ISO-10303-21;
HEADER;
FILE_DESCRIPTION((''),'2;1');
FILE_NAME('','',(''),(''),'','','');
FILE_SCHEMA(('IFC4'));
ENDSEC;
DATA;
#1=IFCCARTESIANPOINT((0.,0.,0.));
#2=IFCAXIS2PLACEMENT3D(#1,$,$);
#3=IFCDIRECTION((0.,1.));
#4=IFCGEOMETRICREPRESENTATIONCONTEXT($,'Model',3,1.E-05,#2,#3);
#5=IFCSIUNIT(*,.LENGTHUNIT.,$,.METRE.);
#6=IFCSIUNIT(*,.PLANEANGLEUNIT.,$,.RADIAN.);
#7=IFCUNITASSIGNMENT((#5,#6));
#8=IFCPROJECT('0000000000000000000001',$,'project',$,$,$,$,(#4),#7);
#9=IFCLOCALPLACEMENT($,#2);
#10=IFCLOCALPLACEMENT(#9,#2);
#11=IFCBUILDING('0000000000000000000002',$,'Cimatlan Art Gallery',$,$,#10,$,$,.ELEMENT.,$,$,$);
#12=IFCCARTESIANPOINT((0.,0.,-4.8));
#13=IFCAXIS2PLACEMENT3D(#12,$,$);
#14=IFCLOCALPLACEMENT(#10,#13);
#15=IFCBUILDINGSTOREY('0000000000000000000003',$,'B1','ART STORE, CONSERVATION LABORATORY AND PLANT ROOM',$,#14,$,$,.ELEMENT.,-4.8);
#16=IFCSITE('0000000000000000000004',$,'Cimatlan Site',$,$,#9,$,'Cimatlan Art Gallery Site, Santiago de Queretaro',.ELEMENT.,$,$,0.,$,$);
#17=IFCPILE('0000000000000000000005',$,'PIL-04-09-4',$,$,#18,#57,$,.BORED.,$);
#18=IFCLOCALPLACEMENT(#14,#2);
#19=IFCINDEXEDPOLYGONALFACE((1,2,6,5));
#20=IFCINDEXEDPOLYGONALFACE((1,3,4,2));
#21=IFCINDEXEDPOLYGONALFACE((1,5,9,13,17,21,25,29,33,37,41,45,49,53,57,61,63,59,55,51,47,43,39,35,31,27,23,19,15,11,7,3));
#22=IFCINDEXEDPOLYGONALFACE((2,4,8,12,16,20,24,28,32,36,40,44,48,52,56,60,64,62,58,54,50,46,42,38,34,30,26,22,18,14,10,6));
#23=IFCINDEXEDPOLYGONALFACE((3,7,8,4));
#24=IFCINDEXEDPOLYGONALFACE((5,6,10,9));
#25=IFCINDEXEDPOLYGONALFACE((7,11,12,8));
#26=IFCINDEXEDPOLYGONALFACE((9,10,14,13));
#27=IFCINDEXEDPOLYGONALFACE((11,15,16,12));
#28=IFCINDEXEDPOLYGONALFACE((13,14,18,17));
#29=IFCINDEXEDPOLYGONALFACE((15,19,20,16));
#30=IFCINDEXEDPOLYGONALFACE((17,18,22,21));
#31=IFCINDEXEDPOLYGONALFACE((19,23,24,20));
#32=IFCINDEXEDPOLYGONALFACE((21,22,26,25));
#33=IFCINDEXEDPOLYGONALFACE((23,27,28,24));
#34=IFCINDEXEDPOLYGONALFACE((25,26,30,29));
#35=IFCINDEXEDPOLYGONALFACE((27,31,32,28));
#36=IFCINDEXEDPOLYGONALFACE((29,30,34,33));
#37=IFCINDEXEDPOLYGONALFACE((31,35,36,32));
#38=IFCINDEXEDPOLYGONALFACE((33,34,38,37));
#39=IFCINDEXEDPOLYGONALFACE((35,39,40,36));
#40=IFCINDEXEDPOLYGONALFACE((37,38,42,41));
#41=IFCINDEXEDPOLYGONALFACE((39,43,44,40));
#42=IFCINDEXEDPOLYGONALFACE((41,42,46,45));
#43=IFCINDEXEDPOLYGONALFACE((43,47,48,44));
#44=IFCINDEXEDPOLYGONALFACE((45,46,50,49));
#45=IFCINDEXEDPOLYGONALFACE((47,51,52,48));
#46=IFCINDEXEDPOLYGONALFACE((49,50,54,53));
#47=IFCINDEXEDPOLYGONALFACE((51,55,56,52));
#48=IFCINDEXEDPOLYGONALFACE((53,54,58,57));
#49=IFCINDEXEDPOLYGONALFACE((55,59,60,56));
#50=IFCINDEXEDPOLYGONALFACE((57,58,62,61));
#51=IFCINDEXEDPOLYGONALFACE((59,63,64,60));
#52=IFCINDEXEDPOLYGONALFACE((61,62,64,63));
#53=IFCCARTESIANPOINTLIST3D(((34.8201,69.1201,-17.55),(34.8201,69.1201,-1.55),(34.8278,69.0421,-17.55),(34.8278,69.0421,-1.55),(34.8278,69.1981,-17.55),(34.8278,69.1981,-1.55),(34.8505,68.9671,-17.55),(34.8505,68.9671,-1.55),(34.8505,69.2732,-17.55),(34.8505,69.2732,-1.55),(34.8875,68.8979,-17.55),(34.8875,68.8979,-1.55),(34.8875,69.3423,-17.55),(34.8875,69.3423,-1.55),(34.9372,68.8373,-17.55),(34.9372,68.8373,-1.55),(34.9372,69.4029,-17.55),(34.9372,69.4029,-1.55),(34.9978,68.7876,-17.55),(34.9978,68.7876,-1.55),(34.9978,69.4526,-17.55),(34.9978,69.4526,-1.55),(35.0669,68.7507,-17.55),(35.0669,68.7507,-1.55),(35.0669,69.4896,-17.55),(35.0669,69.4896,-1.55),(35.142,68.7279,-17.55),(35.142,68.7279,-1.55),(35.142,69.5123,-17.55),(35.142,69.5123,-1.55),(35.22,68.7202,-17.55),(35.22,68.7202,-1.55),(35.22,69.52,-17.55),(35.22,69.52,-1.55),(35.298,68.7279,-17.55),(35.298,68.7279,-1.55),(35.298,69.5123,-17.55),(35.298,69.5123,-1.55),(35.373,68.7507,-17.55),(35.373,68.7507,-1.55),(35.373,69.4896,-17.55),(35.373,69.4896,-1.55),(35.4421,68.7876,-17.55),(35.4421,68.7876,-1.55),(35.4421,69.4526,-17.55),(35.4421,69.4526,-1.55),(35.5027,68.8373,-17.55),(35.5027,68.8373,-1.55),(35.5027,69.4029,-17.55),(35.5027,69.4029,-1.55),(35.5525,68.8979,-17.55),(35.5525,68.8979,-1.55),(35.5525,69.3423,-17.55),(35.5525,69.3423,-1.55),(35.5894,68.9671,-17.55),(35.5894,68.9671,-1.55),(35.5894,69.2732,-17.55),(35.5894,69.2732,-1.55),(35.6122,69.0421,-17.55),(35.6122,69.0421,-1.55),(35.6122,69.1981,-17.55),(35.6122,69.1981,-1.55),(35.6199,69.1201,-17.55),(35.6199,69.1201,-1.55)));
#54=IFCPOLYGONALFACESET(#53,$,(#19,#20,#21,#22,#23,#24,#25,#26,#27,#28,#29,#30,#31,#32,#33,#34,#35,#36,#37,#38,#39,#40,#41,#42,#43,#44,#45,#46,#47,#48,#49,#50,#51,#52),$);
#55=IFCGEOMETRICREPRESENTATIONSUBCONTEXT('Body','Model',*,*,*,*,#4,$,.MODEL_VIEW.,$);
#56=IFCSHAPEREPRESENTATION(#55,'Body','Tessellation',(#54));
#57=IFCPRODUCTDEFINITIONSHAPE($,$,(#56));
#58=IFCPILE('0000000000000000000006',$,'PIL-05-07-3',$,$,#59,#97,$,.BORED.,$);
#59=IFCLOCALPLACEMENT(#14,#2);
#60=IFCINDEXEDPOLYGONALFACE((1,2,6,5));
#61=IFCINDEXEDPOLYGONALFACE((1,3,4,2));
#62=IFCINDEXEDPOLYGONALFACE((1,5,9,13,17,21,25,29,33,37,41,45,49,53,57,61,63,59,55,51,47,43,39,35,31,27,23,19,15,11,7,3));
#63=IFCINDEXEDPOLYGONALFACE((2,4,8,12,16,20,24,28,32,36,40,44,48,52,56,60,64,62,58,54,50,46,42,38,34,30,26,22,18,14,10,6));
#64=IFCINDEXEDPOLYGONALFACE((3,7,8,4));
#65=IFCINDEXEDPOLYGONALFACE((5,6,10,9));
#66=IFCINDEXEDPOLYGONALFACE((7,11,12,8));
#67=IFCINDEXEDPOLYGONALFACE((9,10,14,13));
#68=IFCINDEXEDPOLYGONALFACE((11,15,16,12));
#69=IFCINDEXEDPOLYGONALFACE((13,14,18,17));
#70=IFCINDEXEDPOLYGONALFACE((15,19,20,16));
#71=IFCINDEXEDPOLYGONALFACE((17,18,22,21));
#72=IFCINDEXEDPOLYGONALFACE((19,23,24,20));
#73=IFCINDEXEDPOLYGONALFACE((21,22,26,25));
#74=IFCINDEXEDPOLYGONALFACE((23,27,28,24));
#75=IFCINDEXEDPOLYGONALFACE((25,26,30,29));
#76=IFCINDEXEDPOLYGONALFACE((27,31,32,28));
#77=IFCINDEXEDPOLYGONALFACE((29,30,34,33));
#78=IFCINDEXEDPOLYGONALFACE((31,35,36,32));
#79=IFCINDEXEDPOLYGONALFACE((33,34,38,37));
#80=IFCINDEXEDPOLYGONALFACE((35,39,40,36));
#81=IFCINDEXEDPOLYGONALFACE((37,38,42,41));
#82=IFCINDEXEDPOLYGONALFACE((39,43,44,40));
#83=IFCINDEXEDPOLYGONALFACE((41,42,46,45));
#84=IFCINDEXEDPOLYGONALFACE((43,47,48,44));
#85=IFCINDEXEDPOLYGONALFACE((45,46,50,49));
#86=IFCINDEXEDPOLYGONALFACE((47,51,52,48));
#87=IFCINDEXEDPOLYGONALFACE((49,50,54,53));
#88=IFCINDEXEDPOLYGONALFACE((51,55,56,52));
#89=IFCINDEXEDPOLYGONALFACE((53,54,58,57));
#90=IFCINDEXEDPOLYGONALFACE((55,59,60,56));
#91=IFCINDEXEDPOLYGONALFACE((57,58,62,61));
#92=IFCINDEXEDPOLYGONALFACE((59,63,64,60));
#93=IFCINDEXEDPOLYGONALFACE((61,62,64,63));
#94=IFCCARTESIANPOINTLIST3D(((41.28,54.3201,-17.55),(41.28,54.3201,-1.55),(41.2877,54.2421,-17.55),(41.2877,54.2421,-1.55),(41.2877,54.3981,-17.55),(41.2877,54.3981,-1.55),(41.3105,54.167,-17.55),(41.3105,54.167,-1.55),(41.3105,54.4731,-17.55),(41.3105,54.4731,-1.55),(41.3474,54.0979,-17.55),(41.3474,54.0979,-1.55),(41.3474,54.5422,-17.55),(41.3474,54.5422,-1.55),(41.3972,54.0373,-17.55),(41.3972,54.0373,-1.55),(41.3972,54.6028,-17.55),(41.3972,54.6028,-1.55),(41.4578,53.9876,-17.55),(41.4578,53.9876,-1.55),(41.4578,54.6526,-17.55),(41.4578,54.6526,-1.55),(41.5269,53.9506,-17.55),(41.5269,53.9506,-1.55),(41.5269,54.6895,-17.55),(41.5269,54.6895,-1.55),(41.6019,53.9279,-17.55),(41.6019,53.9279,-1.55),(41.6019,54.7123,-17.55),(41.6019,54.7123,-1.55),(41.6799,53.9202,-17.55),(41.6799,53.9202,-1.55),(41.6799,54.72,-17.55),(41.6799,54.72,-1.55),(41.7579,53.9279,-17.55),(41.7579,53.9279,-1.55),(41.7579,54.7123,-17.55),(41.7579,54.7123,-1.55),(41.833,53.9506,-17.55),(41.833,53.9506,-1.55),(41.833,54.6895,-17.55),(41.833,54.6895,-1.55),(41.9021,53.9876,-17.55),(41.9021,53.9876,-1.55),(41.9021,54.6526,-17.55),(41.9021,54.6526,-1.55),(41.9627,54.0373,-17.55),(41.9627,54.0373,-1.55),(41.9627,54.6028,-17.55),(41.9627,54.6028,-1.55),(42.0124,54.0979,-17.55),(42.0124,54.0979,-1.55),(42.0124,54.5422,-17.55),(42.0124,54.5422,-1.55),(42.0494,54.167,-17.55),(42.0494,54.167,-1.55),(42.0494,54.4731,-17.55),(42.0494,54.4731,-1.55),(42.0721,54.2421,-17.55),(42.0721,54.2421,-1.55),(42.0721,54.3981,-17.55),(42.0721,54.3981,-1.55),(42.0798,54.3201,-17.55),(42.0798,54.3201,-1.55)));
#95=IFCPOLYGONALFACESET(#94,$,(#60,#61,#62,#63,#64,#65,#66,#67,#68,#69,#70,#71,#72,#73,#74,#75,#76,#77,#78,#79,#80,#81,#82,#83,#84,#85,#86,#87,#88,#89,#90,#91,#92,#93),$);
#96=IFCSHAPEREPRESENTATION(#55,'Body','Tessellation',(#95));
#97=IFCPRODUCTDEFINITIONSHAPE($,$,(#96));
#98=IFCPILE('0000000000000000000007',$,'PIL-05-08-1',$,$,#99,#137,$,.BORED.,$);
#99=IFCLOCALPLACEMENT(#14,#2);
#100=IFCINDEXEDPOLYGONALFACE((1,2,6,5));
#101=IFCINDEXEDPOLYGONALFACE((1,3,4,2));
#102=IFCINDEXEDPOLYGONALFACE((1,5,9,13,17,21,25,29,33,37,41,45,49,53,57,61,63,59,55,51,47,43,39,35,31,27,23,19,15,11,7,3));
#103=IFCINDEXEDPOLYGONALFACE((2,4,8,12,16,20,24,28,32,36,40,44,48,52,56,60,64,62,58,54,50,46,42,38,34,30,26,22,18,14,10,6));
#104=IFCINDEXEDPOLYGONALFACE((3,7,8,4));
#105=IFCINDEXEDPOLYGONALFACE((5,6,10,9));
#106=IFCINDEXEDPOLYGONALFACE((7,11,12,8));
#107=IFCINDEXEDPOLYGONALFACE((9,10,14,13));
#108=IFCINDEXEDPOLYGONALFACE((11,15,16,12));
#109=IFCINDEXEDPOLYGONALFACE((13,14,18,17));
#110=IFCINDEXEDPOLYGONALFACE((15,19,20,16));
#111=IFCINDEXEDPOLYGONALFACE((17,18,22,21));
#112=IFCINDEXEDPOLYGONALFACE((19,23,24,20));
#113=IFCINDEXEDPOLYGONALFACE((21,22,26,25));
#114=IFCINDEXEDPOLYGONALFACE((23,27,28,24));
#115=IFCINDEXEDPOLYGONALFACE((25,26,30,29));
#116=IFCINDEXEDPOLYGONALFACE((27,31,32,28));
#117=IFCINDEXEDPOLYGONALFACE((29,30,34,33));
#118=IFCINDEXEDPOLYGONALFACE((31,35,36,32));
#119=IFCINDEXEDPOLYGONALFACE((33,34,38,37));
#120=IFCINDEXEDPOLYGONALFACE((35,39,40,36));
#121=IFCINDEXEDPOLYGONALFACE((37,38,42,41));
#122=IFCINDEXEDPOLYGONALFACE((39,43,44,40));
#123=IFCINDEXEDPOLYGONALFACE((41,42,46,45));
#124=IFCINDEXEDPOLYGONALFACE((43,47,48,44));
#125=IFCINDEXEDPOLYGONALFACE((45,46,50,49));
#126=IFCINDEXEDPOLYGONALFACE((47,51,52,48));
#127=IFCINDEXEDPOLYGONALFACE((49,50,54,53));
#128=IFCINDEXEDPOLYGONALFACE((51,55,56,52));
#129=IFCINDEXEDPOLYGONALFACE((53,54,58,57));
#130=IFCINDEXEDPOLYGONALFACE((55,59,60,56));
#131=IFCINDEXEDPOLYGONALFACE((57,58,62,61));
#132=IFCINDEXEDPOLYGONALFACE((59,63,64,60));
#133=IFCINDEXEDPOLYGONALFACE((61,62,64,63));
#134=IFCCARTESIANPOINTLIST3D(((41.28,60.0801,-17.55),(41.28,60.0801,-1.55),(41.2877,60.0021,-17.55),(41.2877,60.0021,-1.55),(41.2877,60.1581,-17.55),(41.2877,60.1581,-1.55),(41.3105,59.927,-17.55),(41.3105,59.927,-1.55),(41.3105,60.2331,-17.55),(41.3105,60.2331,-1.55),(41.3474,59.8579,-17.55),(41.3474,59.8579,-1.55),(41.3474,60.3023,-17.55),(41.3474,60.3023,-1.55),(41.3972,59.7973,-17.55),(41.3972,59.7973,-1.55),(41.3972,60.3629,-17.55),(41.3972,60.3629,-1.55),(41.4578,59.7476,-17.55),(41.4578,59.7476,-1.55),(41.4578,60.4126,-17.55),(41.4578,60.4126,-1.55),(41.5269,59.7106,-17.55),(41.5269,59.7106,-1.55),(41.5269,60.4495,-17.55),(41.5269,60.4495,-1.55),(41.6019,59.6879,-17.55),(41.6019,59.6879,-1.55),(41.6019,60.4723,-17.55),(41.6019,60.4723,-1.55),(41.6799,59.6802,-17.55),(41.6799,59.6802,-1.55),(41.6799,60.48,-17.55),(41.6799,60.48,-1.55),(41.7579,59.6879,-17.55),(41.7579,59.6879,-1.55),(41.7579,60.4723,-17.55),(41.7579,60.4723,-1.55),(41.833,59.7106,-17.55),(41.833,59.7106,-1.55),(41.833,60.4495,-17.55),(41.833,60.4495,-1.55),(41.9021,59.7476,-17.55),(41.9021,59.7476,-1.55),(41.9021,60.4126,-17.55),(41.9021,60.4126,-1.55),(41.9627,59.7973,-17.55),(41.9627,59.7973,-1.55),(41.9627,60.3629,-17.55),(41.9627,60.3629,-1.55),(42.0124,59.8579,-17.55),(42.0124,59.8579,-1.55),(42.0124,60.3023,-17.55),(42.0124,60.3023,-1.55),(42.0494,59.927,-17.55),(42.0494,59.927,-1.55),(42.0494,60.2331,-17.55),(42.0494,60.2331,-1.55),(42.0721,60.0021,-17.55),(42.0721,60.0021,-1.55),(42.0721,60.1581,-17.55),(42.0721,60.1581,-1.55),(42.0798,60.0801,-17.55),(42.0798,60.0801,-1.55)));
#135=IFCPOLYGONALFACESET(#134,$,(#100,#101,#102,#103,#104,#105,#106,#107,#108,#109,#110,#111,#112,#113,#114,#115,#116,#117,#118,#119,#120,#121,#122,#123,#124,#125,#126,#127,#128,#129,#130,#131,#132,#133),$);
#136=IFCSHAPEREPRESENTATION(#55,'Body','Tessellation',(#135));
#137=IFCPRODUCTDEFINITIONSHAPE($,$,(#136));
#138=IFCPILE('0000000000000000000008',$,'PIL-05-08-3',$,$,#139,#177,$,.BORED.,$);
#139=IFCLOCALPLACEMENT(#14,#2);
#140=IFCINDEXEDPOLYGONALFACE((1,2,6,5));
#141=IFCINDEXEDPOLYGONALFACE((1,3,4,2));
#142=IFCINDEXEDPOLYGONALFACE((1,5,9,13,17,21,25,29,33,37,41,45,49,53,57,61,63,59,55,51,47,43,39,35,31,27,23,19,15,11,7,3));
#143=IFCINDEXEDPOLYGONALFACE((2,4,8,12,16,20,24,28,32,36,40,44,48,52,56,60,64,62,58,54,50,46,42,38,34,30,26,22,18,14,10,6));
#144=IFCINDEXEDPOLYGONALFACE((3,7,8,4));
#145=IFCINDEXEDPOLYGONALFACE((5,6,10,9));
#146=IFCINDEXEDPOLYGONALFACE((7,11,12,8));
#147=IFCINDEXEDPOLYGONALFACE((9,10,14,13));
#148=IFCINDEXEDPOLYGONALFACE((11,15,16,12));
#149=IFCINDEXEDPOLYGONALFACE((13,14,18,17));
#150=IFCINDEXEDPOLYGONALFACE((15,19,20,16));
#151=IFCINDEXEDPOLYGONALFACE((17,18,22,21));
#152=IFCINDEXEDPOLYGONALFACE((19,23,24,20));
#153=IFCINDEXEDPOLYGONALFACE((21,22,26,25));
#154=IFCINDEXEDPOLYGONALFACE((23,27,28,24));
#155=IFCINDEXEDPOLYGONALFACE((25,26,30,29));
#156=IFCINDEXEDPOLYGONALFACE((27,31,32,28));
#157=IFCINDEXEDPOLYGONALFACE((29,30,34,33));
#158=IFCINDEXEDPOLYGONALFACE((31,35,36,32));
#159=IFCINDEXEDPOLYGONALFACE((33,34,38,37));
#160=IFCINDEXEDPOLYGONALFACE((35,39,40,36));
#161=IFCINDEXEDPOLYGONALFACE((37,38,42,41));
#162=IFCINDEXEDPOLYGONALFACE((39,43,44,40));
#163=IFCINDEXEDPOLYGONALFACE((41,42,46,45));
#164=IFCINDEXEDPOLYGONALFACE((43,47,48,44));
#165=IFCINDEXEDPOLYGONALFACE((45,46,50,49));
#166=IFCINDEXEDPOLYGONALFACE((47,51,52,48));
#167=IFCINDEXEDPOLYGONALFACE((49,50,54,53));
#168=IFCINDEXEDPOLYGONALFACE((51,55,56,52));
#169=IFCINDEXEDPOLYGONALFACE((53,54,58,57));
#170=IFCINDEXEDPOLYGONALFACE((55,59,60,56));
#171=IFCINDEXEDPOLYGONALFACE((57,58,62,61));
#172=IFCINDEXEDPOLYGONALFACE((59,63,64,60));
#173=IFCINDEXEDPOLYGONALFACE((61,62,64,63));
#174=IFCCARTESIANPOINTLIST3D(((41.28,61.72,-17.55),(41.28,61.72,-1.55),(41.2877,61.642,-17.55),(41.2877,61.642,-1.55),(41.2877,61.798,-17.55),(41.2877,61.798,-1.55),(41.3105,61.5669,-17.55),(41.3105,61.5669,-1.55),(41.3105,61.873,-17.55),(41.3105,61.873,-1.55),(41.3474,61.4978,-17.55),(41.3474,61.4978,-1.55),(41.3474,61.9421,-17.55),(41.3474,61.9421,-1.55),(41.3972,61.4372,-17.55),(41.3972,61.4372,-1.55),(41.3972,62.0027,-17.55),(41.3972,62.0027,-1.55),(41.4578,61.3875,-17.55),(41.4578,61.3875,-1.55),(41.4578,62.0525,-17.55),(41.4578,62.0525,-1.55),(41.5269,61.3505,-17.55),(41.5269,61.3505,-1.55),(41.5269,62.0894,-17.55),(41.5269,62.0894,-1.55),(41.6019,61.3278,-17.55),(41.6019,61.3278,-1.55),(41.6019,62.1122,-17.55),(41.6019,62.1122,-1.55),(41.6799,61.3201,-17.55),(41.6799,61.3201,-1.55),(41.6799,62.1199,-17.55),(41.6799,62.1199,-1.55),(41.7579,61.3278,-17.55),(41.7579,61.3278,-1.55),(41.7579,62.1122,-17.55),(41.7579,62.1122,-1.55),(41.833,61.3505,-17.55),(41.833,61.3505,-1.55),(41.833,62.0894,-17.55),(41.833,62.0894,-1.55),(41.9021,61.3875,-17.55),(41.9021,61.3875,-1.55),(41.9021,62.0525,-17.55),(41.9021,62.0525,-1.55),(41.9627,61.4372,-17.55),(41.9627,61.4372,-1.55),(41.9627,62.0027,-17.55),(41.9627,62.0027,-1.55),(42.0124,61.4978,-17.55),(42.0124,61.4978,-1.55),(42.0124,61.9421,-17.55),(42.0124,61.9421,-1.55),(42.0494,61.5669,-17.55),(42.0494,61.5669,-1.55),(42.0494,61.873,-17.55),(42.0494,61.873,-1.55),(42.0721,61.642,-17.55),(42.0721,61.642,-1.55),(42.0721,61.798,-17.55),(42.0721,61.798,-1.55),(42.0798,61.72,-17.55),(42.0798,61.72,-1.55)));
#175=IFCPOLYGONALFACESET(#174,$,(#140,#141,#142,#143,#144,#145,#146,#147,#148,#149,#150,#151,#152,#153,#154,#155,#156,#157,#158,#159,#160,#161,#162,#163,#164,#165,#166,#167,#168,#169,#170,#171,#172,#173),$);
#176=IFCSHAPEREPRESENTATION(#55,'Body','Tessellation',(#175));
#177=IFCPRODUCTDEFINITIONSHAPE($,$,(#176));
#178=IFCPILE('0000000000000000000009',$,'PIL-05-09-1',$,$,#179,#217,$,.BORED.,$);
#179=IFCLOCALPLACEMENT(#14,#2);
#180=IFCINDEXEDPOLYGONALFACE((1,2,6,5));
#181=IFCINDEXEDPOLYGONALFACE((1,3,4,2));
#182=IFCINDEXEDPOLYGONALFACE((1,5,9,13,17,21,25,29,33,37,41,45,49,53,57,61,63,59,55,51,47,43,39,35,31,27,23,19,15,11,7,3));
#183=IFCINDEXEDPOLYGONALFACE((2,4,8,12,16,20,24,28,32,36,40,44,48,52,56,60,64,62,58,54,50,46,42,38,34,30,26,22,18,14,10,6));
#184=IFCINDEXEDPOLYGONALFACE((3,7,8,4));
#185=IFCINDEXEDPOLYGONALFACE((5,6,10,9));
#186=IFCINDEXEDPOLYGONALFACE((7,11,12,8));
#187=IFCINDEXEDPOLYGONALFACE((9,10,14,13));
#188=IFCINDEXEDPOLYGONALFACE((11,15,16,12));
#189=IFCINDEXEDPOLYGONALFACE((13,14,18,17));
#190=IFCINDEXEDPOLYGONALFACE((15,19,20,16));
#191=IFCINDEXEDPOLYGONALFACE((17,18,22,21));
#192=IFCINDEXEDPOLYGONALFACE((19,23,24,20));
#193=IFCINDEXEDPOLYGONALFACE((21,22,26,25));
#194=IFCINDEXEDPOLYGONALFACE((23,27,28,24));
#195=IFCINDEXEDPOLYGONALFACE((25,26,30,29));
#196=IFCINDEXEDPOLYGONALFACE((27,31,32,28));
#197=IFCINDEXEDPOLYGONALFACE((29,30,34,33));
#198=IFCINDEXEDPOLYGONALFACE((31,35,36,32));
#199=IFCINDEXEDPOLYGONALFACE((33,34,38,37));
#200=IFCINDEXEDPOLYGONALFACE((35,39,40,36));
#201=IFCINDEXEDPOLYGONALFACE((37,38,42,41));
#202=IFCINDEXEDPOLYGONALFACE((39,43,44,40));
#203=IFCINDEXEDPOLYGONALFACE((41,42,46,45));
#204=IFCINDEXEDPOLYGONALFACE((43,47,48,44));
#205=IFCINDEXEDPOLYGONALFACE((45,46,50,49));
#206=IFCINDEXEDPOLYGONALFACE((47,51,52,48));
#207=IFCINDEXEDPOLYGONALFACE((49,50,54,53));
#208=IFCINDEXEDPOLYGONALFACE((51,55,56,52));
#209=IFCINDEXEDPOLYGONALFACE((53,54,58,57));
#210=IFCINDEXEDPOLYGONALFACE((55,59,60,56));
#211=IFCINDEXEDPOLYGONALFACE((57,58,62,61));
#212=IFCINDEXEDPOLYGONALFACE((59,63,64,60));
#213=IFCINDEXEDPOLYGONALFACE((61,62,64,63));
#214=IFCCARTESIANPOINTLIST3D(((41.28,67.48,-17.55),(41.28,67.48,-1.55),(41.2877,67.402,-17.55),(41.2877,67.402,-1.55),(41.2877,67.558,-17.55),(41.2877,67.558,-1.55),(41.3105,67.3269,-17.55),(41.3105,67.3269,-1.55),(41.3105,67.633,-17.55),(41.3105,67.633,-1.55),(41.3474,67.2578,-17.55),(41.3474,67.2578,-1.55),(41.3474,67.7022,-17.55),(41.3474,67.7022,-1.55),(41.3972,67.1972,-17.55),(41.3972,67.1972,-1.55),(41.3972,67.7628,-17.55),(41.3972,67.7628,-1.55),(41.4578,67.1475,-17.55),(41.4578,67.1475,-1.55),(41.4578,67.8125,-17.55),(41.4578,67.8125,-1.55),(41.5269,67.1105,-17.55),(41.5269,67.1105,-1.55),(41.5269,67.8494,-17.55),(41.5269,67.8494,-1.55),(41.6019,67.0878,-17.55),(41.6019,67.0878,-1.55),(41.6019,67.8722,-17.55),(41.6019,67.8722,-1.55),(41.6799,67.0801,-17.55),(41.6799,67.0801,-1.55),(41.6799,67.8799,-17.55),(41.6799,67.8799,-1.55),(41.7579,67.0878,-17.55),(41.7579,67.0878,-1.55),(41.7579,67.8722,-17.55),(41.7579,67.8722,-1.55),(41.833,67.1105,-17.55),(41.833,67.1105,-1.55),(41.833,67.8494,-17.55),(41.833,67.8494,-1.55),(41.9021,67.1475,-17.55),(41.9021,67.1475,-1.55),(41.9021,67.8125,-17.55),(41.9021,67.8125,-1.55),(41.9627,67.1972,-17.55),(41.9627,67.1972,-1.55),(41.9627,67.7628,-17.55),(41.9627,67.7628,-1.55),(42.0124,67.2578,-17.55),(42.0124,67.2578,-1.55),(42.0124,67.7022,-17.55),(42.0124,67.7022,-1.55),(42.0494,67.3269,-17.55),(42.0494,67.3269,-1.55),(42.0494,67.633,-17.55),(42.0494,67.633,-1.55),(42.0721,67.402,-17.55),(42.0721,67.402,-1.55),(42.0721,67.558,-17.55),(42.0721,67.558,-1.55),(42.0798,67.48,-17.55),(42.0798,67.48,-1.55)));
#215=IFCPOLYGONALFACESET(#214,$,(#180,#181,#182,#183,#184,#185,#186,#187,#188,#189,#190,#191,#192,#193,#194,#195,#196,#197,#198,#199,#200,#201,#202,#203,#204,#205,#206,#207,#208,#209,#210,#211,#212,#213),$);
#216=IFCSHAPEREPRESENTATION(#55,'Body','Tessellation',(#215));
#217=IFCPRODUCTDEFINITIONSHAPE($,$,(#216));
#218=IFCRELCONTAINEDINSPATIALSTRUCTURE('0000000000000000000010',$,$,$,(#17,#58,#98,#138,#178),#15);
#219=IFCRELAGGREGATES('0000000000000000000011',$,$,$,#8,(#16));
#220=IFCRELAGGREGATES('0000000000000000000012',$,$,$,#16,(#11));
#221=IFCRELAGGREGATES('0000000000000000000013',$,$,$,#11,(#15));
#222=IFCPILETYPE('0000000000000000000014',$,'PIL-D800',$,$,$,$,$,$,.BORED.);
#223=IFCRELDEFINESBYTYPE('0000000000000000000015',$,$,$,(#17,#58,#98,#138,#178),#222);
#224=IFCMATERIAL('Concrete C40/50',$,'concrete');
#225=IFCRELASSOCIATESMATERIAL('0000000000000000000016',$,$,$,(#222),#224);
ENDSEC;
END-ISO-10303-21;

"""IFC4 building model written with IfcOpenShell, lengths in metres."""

from ifc_helpers import new_model, si_unit, direction, frame, origin, origin_2d, place, context, subcontext, project, spatial, circle, extrude, material, type_object, element, save


model = new_model("IFC4")

# Units and contexts
model_context = context("Model", 3, precision=1e-05, world=origin(), true_north=direction((0.0, 1.0)))
body_context = subcontext(model_context, "Body", "Model", "MODEL_VIEW")
ifc_project = project(units=[si_unit("LENGTHUNIT", "METRE"), si_unit("PLANEANGLEUNIT", "RADIAN")], contexts=[model_context])

# Site, building, storey
site_placement = place(None, origin())
site = spatial("IfcSite", under=ifc_project, at=site_placement, Name="Cimatlan Site", LongName="Cimatlan Art Gallery Site, Santiago de Queretaro", CompositionType="ELEMENT", RefElevation=0.0)
building_placement = place(site_placement, origin())
building = spatial("IfcBuilding", under=site, at=building_placement, Name="Cimatlan Art Gallery", CompositionType="ELEMENT")
storey_placement = place(building_placement, frame((0.0, 0.0, -4.8)))
storey = spatial("IfcBuildingStorey", under=building, at=storey_placement, Name="B1", Description="ART STORE, CONSERVATION LABORATORY AND PLANT ROOM", CompositionType="ELEMENT", Elevation=-4.8)

# Shared definitions
ifc_material_1 = material(Name="Concrete C40/50", Category="concrete")

# Piles
pile_type = type_object("IfcPileType", Name="PIL-D800", PredefinedType="BORED", material=ifc_material_1)
for number, where, z_axis, x_axis, name in (
    (1, (35.22, 69.1201, -1.55), (0.0, 0.0, -1.0), (1.0, 0.0, 0.0), "PIL-04-09-4"),
    (2, (41.6799, 54.3201, -1.55), (0.0, 0.0, -1.0), (1.0, 0.0, 0.0), "PIL-05-07-3"),
    (3, (41.6799, 60.0801, -1.55), (0.0, 0.0, -1.0), (1.0, 0.0, 0.0), "PIL-05-08-1"),
    (4, (41.6799, 61.72, -1.55), (0.0, 0.0, -1.0), (1.0, 0.0, 0.0), "PIL-05-08-3"),
    (5, (41.6799, 67.48, -1.55), (0.0, 0.0, -1.0), (1.0, 0.0, 0.0), "PIL-05-09-1"),
):
    element("IfcPile", number, at=place(storey_placement, frame(where, z_axis=z_axis, x_axis=x_axis)), inside=storey, type_object=pile_type, Name=name, PredefinedType="BORED", context=body_context, shape_type="SweptSolid", body=[
        extrude(circle(Radius=0.3999, at=origin_2d()), origin(), (0.0, 0.0, 1.0), 16.0),
    ])

save(model, "model.ifc")
